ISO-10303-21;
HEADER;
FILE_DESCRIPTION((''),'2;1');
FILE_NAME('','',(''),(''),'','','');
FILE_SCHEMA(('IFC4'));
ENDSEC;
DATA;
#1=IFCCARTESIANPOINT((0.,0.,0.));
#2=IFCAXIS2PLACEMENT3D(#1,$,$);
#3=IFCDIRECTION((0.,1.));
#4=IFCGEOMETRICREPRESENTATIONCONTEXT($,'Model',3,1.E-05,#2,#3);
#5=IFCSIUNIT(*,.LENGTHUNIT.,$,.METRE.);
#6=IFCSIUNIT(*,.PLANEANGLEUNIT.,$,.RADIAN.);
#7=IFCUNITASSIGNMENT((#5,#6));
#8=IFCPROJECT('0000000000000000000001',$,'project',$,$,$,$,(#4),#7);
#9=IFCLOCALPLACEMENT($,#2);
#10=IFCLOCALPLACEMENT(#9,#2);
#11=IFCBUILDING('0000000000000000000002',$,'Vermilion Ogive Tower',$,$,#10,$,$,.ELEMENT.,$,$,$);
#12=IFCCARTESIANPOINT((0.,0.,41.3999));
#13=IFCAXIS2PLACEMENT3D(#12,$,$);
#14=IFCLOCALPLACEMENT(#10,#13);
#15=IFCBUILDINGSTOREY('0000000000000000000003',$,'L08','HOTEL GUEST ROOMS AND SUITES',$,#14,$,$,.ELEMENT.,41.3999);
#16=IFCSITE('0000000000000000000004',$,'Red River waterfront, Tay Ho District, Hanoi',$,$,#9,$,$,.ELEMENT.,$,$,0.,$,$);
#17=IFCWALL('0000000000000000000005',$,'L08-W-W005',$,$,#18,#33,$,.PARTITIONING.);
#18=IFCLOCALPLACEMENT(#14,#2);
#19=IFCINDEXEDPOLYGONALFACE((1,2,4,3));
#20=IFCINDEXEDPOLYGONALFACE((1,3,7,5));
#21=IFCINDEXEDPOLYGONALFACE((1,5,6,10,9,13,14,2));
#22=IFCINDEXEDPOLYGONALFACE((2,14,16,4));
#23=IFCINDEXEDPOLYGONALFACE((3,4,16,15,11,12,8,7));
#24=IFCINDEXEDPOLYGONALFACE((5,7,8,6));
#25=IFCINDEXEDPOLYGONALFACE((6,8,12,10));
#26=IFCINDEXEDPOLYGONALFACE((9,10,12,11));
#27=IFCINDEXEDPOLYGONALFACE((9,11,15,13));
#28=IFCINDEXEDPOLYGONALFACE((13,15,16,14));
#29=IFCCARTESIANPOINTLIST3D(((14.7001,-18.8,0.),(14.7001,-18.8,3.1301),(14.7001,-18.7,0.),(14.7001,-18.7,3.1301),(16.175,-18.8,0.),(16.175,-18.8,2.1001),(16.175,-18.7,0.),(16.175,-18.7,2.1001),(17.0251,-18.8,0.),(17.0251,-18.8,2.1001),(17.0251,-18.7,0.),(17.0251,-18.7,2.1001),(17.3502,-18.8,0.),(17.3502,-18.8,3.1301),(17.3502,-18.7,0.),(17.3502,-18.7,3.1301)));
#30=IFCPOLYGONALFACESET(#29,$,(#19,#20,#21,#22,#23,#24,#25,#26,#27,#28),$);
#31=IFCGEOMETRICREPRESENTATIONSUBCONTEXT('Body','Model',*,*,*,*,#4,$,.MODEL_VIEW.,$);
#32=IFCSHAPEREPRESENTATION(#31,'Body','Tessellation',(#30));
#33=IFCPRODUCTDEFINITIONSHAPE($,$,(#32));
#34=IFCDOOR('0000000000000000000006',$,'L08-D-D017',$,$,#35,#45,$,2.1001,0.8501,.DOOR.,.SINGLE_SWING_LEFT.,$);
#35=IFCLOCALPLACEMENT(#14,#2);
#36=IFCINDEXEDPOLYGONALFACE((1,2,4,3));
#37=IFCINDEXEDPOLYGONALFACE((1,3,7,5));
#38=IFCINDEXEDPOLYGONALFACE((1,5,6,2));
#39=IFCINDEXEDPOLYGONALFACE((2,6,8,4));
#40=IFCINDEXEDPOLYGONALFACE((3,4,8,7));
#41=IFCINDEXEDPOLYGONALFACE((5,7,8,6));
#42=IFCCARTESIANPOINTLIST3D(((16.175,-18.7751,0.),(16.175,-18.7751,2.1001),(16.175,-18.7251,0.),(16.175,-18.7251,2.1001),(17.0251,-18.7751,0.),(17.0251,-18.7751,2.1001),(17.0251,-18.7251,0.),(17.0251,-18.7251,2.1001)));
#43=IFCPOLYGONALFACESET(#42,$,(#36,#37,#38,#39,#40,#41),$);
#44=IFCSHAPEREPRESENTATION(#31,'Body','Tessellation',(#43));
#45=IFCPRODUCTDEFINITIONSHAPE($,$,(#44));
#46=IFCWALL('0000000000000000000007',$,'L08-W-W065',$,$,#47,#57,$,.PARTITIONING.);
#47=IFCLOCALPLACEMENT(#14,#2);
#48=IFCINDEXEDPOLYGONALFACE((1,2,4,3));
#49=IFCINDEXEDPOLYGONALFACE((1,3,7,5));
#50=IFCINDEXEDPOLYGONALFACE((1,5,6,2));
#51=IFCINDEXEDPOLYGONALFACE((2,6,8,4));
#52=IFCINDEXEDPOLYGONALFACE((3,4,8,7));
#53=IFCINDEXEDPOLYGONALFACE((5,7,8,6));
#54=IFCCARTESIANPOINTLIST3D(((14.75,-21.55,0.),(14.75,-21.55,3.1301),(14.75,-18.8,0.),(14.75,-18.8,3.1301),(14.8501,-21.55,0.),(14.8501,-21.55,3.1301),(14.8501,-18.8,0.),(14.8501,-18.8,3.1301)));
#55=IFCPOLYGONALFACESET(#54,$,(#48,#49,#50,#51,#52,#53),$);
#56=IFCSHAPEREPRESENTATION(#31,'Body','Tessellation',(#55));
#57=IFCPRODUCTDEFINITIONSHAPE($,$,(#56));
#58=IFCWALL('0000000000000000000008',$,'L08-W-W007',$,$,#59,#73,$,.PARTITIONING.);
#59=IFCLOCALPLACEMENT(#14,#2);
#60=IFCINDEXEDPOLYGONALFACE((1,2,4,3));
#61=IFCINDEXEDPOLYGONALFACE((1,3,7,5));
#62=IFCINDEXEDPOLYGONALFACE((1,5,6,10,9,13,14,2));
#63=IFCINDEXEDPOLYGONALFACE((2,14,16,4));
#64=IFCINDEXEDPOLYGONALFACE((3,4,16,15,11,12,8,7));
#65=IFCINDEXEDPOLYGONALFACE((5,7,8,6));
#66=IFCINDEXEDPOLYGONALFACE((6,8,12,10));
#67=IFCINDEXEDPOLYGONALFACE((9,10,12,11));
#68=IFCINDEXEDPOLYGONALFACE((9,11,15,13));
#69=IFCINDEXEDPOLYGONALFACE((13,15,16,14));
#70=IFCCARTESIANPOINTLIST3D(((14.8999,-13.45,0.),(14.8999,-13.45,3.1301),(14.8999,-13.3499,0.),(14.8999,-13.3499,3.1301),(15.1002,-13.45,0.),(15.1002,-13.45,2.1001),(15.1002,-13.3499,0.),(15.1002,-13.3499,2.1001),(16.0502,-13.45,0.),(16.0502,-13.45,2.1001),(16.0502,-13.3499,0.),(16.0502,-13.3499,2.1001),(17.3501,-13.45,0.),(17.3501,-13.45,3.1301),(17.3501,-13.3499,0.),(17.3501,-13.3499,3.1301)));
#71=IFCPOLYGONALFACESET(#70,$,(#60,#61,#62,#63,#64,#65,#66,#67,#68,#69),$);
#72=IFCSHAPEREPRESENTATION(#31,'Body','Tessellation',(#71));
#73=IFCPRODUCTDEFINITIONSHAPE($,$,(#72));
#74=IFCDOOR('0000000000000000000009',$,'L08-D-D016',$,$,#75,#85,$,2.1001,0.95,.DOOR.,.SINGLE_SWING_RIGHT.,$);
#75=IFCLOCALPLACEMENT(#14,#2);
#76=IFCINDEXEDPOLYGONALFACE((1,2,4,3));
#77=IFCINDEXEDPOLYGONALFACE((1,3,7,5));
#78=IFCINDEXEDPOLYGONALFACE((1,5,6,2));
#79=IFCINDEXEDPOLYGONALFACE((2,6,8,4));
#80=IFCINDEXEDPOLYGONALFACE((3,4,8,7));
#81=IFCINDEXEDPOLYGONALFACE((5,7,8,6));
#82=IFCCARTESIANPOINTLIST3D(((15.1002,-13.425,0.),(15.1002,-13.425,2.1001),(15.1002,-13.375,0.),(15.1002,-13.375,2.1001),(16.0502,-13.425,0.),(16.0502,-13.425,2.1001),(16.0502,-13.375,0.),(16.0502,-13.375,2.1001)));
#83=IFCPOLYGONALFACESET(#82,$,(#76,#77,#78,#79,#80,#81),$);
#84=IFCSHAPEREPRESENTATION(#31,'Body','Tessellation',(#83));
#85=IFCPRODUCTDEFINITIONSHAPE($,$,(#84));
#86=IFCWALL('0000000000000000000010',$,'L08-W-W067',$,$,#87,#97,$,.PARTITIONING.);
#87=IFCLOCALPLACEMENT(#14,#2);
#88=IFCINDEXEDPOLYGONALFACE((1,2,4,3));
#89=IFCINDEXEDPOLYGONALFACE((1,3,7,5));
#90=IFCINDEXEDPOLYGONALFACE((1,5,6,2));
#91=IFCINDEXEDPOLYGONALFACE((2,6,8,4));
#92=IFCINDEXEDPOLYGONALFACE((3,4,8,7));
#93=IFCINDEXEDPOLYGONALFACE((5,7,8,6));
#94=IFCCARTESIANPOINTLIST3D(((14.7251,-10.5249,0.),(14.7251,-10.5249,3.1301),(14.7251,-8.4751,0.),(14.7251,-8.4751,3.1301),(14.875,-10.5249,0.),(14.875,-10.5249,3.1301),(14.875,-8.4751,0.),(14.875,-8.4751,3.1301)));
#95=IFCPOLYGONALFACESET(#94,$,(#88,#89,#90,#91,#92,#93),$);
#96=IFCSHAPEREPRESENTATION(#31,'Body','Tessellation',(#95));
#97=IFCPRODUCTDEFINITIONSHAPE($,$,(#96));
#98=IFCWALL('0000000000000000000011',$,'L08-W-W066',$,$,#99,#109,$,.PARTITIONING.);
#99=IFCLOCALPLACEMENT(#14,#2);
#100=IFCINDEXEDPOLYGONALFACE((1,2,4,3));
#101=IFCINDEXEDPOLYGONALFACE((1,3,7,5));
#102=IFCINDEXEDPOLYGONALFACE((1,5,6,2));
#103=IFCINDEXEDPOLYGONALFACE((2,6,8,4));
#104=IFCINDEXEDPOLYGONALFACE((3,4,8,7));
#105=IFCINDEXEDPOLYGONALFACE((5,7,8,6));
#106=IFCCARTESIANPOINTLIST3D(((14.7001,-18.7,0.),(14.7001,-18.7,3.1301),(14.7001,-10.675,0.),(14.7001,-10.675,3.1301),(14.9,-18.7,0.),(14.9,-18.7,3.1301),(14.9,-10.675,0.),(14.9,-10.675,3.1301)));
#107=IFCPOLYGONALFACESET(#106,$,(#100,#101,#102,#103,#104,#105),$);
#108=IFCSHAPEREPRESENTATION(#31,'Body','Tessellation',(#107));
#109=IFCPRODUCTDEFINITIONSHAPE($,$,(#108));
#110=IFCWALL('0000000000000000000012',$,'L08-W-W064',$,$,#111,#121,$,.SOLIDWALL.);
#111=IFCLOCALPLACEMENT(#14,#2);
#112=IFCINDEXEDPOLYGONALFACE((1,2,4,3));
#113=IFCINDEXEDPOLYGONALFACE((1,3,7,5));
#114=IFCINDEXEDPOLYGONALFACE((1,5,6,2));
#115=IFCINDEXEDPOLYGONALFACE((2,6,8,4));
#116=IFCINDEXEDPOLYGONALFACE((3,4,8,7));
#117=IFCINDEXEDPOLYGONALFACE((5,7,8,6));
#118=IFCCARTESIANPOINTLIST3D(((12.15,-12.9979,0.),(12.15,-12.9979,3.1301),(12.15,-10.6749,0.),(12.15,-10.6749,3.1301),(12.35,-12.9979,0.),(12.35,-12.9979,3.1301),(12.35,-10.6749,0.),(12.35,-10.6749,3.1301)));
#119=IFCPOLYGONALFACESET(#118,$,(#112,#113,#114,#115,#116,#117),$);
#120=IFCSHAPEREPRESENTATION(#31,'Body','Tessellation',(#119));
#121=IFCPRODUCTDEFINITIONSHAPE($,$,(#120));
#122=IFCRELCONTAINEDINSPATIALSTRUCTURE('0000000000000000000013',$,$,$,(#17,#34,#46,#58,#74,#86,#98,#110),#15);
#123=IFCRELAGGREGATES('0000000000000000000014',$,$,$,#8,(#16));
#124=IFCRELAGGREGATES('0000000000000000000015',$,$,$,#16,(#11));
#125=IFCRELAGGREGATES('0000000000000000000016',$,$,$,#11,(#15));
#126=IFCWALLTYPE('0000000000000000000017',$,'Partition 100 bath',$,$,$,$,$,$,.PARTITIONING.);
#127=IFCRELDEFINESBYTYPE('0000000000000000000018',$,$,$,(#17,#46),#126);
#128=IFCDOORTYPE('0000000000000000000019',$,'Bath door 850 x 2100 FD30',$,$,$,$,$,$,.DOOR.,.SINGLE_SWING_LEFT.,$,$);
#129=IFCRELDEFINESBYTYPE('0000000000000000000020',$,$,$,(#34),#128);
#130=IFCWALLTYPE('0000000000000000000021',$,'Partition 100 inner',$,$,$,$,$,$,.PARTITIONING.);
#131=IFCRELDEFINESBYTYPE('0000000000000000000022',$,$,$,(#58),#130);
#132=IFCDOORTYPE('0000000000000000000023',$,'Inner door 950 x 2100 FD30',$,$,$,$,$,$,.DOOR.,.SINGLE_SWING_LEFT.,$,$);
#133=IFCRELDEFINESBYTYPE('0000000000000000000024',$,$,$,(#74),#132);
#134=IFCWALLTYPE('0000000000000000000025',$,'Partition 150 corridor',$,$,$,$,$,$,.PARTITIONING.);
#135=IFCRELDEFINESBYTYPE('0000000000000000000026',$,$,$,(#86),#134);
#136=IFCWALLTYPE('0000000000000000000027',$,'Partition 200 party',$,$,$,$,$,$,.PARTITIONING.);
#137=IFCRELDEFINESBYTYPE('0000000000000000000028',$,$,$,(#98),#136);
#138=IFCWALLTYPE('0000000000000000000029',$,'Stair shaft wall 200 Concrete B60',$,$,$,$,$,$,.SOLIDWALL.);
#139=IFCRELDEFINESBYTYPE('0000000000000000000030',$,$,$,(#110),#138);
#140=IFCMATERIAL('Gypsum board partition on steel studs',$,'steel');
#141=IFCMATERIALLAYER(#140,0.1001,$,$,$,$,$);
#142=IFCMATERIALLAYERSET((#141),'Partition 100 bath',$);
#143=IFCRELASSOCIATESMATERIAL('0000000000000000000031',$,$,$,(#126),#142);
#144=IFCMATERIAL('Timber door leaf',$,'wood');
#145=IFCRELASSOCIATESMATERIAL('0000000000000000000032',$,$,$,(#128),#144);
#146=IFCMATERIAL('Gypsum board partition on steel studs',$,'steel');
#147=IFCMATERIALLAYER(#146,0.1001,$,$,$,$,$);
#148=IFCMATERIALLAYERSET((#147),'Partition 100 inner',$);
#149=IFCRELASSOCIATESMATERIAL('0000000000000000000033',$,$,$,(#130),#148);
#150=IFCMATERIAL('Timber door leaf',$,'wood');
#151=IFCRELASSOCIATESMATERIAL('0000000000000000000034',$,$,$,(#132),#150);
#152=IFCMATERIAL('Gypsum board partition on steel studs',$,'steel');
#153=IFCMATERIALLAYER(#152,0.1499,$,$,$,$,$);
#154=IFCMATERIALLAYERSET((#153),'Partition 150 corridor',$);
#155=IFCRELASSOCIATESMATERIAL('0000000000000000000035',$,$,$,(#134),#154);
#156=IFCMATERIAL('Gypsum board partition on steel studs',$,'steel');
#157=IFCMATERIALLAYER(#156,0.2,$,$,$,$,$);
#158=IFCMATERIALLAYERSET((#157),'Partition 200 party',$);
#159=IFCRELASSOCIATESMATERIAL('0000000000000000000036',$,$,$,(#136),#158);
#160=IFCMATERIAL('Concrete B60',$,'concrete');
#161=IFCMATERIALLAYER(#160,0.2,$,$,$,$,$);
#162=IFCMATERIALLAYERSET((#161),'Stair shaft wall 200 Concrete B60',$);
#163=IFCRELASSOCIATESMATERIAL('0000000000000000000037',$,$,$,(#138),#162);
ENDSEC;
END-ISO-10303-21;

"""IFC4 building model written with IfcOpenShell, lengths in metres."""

from ifc_helpers import new_model, si_unit, direction, frame, frame_2d, origin, place, context, subcontext, project, spatial, rectangle, extrude, material, layer, layer_set, type_object, element, fill, save


model = new_model("IFC4")

# Units and contexts
model_context = context("Model", 3, precision=1e-05, world=origin(), true_north=direction((0.0, 1.0)))
body_context = subcontext(model_context, "Body", "Model", "MODEL_VIEW")
ifc_project = project(units=[si_unit("LENGTHUNIT", "METRE"), si_unit("PLANEANGLEUNIT", "RADIAN")], contexts=[model_context])

# Site, building, storey
site_placement = place(None, origin())
site = spatial("IfcSite", under=ifc_project, at=site_placement, Name="Red River waterfront, Tay Ho District, Hanoi", CompositionType="ELEMENT", RefElevation=0.0)
building_placement = place(site_placement, origin())
building = spatial("IfcBuilding", under=site, at=building_placement, Name="Vermilion Ogive Tower", CompositionType="ELEMENT")
storey_placement = place(building_placement, frame((0.0, 0.0, 41.3999)))
storey = spatial("IfcBuildingStorey", under=building, at=storey_placement, Name="L08", Description="HOTEL GUEST ROOMS AND SUITES", CompositionType="ELEMENT", Elevation=41.3999)

# Wall, opening, door
ifc_material_1 = material(Name="Gypsum board partition on steel studs", Category="steel")
ifc_layer_1 = layer(ifc_material_1, 0.1001)
ifc_layer_set_1 = layer_set([ifc_layer_1], Name="Partition 100 bath")
wall_type_1 = type_object("IfcWallType", Name="Partition 100 bath", PredefinedType="PARTITIONING", material=ifc_layer_set_1)
wall_1_placement = place(storey_placement, frame((14.7, -18.75, 0.0), z_axis=(0.0, 0.0, 1.0), x_axis=(1.0, 0.0, 0.0)))
wall_1 = element("IfcWall", 1, at=wall_1_placement, inside=storey, type_object=wall_type_1, Name="L08-W-W005", PredefinedType="PARTITIONING", context=body_context, shape_type="SweptSolid", body=[
    extrude(rectangle(XDim=2.6501, YDim=0.1001, at=frame_2d((1.3252, 0.0))), origin(), (0.0, 0.0, 1.0), 3.1301),
])
opening_1_placement = place(wall_1_placement, frame((1.4751, 0.0, 0.0)))
opening_1 = element("IfcOpeningElement", 2, at=opening_1_placement, cuts=wall_1, PredefinedType="OPENING", context=body_context, shape_type="SweptSolid", body=[
    extrude(rectangle(XDim=0.8501, YDim=2.1001, at=frame_2d((0.425, 1.05))), frame((0.0, 0.0601, 0.0), z_axis=(0.0, -1.0, 0.0), x_axis=(1.0, 0.0, 0.0)), (0.0, 0.0, 1.0), 0.1201),
])
ifc_material_2 = material(Name="Timber door leaf", Category="wood")
door_type_1 = type_object("IfcDoorType", Name="Bath door 850 x 2100 FD30", OperationType="SINGLE_SWING_LEFT", PredefinedType="DOOR", material=ifc_material_2)
door_1_placement = place(opening_1_placement, origin())
door_1 = element("IfcDoor", 3, at=door_1_placement, inside=storey, type_object=door_type_1, Name="L08-D-D017", OperationType="SINGLE_SWING_LEFT", OverallHeight=2.1001, OverallWidth=0.8501, PredefinedType="DOOR", context=body_context, shape_type="SweptSolid", body=[
    extrude(rectangle(XDim=0.8501, YDim=2.1001, at=frame_2d((0.425, 1.05))), frame((0.0, 0.0249, 0.0), z_axis=(0.0, -1.0, 0.0), x_axis=(1.0, 0.0, 0.0)), (0.0, 0.0, 1.0), 0.05),
])
fill(opening_1, door_1)

# Wall
wall_2_placement = place(storey_placement, frame((14.8, -21.55, 0.0), z_axis=(0.0, 0.0, 1.0), x_axis=(0.0, 1.0, 0.0)))
element("IfcWall", 4, at=wall_2_placement, inside=storey, type_object=wall_type_1, Name="L08-W-W065", PredefinedType="PARTITIONING", context=body_context, shape_type="SweptSolid", body=[
    extrude(rectangle(XDim=2.75, YDim=0.1001, at=frame_2d((1.375, 0.0))), origin(), (0.0, 0.0, 1.0), 3.1301),
])

# Wall, opening, door
ifc_material_3 = material(Name="Gypsum board partition on steel studs", Category="steel")
ifc_layer_2 = layer(ifc_material_3, 0.1001)
ifc_layer_set_2 = layer_set([ifc_layer_2], Name="Partition 100 inner")
wall_type_2 = type_object("IfcWallType", Name="Partition 100 inner", PredefinedType="PARTITIONING", material=ifc_layer_set_2)
wall_3_placement = place(storey_placement, frame((14.8999, -13.3999, 0.0), z_axis=(0.0, 0.0, 1.0), x_axis=(1.0, 0.0, 0.0)))
wall_3 = element("IfcWall", 5, at=wall_3_placement, inside=storey, type_object=wall_type_2, Name="L08-W-W007", PredefinedType="PARTITIONING", context=body_context, shape_type="SweptSolid", body=[
    extrude(rectangle(XDim=2.4502, YDim=0.1001, at=frame_2d((1.2251, 0.0))), origin(), (0.0, 0.0, 1.0), 3.1301),
])
opening_2_placement = place(wall_3_placement, frame((0.2002, 0.0, 0.0)))
opening_2 = element("IfcOpeningElement", 6, at=opening_2_placement, cuts=wall_3, PredefinedType="OPENING", context=body_context, shape_type="SweptSolid", body=[
    extrude(rectangle(XDim=0.95, YDim=2.1001, at=frame_2d((0.4751, 1.05))), frame((0.0, 0.0601, 0.0), z_axis=(0.0, -1.0, 0.0), x_axis=(1.0, 0.0, 0.0)), (0.0, 0.0, 1.0), 0.1201),
])
ifc_material_4 = material(Name="Timber door leaf", Category="wood")
door_type_2 = type_object("IfcDoorType", Name="Inner door 950 x 2100 FD30", OperationType="SINGLE_SWING_LEFT", PredefinedType="DOOR", material=ifc_material_4)
door_2_placement = place(opening_2_placement, origin())
door_2 = element("IfcDoor", 7, at=door_2_placement, inside=storey, type_object=door_type_2, Name="L08-D-D016", OperationType="SINGLE_SWING_RIGHT", OverallHeight=2.1001, OverallWidth=0.95, PredefinedType="DOOR", context=body_context, shape_type="SweptSolid", body=[
    extrude(rectangle(XDim=0.95, YDim=2.1001, at=frame_2d((0.4751, 1.05))), frame((0.0, 0.0249, 0.0), z_axis=(0.0, -1.0, 0.0), x_axis=(1.0, 0.0, 0.0)), (0.0, 0.0, 1.0), 0.05),
])
fill(opening_2, door_2)

# Walls
ifc_material_5 = material(Name="Gypsum board partition on steel studs", Category="steel")
ifc_layer_3 = layer(ifc_material_5, 0.1499)
ifc_layer_set_3 = layer_set([ifc_layer_3], Name="Partition 150 corridor")
wall_type_3 = type_object("IfcWallType", Name="Partition 150 corridor", PredefinedType="PARTITIONING", material=ifc_layer_set_3)
wall_4_placement = place(storey_placement, frame((14.8, -10.5249, 0.0), z_axis=(0.0, 0.0, 1.0), x_axis=(0.0, 1.0, 0.0)))
element("IfcWall", 8, at=wall_4_placement, inside=storey, type_object=wall_type_3, Name="L08-W-W067", PredefinedType="PARTITIONING", context=body_context, shape_type="SweptSolid", body=[
    extrude(rectangle(XDim=2.0498, YDim=0.1499, at=frame_2d((1.0249, 0.0))), origin(), (0.0, 0.0, 1.0), 3.1301),
])
ifc_material_6 = material(Name="Gypsum board partition on steel studs", Category="steel")
ifc_layer_4 = layer(ifc_material_6, 0.2)
ifc_layer_set_4 = layer_set([ifc_layer_4], Name="Partition 200 party")
wall_type_4 = type_object("IfcWallType", Name="Partition 200 party", PredefinedType="PARTITIONING", material=ifc_layer_set_4)
wall_5_placement = place(storey_placement, frame((14.8, -18.7, 0.0), z_axis=(0.0, 0.0, 1.0), x_axis=(0.0, 1.0, 0.0)))
element("IfcWall", 9, at=wall_5_placement, inside=storey, type_object=wall_type_4, Name="L08-W-W066", PredefinedType="PARTITIONING", context=body_context, shape_type="SweptSolid", body=[
    extrude(rectangle(XDim=8.0249, YDim=0.2, at=frame_2d((4.0125, 0.0))), origin(), (0.0, 0.0, 1.0), 3.1301),
])
ifc_material_7 = material(Name="Concrete B60", Category="concrete")
ifc_layer_5 = layer(ifc_material_7, 0.2)
ifc_layer_set_5 = layer_set([ifc_layer_5], Name="Stair shaft wall 200 Concrete B60")
wall_type_5 = type_object("IfcWallType", Name="Stair shaft wall 200 Concrete B60", PredefinedType="SOLIDWALL", material=ifc_layer_set_5)
wall_6_placement = place(storey_placement, frame((12.25, -12.998, 0.0), z_axis=(0.0, 0.0, 1.0), x_axis=(0.0, 1.0, 0.0)))
element("IfcWall", 10, at=wall_6_placement, inside=storey, type_object=wall_type_5, Name="L08-W-W064", PredefinedType="SOLIDWALL", context=body_context, shape_type="SweptSolid", body=[
    extrude(rectangle(XDim=2.323, YDim=0.2, at=frame_2d((1.1616, 0.0))), origin(), (0.0, 0.0, 1.0), 3.1301),
])

save(model, "model.ifc")
